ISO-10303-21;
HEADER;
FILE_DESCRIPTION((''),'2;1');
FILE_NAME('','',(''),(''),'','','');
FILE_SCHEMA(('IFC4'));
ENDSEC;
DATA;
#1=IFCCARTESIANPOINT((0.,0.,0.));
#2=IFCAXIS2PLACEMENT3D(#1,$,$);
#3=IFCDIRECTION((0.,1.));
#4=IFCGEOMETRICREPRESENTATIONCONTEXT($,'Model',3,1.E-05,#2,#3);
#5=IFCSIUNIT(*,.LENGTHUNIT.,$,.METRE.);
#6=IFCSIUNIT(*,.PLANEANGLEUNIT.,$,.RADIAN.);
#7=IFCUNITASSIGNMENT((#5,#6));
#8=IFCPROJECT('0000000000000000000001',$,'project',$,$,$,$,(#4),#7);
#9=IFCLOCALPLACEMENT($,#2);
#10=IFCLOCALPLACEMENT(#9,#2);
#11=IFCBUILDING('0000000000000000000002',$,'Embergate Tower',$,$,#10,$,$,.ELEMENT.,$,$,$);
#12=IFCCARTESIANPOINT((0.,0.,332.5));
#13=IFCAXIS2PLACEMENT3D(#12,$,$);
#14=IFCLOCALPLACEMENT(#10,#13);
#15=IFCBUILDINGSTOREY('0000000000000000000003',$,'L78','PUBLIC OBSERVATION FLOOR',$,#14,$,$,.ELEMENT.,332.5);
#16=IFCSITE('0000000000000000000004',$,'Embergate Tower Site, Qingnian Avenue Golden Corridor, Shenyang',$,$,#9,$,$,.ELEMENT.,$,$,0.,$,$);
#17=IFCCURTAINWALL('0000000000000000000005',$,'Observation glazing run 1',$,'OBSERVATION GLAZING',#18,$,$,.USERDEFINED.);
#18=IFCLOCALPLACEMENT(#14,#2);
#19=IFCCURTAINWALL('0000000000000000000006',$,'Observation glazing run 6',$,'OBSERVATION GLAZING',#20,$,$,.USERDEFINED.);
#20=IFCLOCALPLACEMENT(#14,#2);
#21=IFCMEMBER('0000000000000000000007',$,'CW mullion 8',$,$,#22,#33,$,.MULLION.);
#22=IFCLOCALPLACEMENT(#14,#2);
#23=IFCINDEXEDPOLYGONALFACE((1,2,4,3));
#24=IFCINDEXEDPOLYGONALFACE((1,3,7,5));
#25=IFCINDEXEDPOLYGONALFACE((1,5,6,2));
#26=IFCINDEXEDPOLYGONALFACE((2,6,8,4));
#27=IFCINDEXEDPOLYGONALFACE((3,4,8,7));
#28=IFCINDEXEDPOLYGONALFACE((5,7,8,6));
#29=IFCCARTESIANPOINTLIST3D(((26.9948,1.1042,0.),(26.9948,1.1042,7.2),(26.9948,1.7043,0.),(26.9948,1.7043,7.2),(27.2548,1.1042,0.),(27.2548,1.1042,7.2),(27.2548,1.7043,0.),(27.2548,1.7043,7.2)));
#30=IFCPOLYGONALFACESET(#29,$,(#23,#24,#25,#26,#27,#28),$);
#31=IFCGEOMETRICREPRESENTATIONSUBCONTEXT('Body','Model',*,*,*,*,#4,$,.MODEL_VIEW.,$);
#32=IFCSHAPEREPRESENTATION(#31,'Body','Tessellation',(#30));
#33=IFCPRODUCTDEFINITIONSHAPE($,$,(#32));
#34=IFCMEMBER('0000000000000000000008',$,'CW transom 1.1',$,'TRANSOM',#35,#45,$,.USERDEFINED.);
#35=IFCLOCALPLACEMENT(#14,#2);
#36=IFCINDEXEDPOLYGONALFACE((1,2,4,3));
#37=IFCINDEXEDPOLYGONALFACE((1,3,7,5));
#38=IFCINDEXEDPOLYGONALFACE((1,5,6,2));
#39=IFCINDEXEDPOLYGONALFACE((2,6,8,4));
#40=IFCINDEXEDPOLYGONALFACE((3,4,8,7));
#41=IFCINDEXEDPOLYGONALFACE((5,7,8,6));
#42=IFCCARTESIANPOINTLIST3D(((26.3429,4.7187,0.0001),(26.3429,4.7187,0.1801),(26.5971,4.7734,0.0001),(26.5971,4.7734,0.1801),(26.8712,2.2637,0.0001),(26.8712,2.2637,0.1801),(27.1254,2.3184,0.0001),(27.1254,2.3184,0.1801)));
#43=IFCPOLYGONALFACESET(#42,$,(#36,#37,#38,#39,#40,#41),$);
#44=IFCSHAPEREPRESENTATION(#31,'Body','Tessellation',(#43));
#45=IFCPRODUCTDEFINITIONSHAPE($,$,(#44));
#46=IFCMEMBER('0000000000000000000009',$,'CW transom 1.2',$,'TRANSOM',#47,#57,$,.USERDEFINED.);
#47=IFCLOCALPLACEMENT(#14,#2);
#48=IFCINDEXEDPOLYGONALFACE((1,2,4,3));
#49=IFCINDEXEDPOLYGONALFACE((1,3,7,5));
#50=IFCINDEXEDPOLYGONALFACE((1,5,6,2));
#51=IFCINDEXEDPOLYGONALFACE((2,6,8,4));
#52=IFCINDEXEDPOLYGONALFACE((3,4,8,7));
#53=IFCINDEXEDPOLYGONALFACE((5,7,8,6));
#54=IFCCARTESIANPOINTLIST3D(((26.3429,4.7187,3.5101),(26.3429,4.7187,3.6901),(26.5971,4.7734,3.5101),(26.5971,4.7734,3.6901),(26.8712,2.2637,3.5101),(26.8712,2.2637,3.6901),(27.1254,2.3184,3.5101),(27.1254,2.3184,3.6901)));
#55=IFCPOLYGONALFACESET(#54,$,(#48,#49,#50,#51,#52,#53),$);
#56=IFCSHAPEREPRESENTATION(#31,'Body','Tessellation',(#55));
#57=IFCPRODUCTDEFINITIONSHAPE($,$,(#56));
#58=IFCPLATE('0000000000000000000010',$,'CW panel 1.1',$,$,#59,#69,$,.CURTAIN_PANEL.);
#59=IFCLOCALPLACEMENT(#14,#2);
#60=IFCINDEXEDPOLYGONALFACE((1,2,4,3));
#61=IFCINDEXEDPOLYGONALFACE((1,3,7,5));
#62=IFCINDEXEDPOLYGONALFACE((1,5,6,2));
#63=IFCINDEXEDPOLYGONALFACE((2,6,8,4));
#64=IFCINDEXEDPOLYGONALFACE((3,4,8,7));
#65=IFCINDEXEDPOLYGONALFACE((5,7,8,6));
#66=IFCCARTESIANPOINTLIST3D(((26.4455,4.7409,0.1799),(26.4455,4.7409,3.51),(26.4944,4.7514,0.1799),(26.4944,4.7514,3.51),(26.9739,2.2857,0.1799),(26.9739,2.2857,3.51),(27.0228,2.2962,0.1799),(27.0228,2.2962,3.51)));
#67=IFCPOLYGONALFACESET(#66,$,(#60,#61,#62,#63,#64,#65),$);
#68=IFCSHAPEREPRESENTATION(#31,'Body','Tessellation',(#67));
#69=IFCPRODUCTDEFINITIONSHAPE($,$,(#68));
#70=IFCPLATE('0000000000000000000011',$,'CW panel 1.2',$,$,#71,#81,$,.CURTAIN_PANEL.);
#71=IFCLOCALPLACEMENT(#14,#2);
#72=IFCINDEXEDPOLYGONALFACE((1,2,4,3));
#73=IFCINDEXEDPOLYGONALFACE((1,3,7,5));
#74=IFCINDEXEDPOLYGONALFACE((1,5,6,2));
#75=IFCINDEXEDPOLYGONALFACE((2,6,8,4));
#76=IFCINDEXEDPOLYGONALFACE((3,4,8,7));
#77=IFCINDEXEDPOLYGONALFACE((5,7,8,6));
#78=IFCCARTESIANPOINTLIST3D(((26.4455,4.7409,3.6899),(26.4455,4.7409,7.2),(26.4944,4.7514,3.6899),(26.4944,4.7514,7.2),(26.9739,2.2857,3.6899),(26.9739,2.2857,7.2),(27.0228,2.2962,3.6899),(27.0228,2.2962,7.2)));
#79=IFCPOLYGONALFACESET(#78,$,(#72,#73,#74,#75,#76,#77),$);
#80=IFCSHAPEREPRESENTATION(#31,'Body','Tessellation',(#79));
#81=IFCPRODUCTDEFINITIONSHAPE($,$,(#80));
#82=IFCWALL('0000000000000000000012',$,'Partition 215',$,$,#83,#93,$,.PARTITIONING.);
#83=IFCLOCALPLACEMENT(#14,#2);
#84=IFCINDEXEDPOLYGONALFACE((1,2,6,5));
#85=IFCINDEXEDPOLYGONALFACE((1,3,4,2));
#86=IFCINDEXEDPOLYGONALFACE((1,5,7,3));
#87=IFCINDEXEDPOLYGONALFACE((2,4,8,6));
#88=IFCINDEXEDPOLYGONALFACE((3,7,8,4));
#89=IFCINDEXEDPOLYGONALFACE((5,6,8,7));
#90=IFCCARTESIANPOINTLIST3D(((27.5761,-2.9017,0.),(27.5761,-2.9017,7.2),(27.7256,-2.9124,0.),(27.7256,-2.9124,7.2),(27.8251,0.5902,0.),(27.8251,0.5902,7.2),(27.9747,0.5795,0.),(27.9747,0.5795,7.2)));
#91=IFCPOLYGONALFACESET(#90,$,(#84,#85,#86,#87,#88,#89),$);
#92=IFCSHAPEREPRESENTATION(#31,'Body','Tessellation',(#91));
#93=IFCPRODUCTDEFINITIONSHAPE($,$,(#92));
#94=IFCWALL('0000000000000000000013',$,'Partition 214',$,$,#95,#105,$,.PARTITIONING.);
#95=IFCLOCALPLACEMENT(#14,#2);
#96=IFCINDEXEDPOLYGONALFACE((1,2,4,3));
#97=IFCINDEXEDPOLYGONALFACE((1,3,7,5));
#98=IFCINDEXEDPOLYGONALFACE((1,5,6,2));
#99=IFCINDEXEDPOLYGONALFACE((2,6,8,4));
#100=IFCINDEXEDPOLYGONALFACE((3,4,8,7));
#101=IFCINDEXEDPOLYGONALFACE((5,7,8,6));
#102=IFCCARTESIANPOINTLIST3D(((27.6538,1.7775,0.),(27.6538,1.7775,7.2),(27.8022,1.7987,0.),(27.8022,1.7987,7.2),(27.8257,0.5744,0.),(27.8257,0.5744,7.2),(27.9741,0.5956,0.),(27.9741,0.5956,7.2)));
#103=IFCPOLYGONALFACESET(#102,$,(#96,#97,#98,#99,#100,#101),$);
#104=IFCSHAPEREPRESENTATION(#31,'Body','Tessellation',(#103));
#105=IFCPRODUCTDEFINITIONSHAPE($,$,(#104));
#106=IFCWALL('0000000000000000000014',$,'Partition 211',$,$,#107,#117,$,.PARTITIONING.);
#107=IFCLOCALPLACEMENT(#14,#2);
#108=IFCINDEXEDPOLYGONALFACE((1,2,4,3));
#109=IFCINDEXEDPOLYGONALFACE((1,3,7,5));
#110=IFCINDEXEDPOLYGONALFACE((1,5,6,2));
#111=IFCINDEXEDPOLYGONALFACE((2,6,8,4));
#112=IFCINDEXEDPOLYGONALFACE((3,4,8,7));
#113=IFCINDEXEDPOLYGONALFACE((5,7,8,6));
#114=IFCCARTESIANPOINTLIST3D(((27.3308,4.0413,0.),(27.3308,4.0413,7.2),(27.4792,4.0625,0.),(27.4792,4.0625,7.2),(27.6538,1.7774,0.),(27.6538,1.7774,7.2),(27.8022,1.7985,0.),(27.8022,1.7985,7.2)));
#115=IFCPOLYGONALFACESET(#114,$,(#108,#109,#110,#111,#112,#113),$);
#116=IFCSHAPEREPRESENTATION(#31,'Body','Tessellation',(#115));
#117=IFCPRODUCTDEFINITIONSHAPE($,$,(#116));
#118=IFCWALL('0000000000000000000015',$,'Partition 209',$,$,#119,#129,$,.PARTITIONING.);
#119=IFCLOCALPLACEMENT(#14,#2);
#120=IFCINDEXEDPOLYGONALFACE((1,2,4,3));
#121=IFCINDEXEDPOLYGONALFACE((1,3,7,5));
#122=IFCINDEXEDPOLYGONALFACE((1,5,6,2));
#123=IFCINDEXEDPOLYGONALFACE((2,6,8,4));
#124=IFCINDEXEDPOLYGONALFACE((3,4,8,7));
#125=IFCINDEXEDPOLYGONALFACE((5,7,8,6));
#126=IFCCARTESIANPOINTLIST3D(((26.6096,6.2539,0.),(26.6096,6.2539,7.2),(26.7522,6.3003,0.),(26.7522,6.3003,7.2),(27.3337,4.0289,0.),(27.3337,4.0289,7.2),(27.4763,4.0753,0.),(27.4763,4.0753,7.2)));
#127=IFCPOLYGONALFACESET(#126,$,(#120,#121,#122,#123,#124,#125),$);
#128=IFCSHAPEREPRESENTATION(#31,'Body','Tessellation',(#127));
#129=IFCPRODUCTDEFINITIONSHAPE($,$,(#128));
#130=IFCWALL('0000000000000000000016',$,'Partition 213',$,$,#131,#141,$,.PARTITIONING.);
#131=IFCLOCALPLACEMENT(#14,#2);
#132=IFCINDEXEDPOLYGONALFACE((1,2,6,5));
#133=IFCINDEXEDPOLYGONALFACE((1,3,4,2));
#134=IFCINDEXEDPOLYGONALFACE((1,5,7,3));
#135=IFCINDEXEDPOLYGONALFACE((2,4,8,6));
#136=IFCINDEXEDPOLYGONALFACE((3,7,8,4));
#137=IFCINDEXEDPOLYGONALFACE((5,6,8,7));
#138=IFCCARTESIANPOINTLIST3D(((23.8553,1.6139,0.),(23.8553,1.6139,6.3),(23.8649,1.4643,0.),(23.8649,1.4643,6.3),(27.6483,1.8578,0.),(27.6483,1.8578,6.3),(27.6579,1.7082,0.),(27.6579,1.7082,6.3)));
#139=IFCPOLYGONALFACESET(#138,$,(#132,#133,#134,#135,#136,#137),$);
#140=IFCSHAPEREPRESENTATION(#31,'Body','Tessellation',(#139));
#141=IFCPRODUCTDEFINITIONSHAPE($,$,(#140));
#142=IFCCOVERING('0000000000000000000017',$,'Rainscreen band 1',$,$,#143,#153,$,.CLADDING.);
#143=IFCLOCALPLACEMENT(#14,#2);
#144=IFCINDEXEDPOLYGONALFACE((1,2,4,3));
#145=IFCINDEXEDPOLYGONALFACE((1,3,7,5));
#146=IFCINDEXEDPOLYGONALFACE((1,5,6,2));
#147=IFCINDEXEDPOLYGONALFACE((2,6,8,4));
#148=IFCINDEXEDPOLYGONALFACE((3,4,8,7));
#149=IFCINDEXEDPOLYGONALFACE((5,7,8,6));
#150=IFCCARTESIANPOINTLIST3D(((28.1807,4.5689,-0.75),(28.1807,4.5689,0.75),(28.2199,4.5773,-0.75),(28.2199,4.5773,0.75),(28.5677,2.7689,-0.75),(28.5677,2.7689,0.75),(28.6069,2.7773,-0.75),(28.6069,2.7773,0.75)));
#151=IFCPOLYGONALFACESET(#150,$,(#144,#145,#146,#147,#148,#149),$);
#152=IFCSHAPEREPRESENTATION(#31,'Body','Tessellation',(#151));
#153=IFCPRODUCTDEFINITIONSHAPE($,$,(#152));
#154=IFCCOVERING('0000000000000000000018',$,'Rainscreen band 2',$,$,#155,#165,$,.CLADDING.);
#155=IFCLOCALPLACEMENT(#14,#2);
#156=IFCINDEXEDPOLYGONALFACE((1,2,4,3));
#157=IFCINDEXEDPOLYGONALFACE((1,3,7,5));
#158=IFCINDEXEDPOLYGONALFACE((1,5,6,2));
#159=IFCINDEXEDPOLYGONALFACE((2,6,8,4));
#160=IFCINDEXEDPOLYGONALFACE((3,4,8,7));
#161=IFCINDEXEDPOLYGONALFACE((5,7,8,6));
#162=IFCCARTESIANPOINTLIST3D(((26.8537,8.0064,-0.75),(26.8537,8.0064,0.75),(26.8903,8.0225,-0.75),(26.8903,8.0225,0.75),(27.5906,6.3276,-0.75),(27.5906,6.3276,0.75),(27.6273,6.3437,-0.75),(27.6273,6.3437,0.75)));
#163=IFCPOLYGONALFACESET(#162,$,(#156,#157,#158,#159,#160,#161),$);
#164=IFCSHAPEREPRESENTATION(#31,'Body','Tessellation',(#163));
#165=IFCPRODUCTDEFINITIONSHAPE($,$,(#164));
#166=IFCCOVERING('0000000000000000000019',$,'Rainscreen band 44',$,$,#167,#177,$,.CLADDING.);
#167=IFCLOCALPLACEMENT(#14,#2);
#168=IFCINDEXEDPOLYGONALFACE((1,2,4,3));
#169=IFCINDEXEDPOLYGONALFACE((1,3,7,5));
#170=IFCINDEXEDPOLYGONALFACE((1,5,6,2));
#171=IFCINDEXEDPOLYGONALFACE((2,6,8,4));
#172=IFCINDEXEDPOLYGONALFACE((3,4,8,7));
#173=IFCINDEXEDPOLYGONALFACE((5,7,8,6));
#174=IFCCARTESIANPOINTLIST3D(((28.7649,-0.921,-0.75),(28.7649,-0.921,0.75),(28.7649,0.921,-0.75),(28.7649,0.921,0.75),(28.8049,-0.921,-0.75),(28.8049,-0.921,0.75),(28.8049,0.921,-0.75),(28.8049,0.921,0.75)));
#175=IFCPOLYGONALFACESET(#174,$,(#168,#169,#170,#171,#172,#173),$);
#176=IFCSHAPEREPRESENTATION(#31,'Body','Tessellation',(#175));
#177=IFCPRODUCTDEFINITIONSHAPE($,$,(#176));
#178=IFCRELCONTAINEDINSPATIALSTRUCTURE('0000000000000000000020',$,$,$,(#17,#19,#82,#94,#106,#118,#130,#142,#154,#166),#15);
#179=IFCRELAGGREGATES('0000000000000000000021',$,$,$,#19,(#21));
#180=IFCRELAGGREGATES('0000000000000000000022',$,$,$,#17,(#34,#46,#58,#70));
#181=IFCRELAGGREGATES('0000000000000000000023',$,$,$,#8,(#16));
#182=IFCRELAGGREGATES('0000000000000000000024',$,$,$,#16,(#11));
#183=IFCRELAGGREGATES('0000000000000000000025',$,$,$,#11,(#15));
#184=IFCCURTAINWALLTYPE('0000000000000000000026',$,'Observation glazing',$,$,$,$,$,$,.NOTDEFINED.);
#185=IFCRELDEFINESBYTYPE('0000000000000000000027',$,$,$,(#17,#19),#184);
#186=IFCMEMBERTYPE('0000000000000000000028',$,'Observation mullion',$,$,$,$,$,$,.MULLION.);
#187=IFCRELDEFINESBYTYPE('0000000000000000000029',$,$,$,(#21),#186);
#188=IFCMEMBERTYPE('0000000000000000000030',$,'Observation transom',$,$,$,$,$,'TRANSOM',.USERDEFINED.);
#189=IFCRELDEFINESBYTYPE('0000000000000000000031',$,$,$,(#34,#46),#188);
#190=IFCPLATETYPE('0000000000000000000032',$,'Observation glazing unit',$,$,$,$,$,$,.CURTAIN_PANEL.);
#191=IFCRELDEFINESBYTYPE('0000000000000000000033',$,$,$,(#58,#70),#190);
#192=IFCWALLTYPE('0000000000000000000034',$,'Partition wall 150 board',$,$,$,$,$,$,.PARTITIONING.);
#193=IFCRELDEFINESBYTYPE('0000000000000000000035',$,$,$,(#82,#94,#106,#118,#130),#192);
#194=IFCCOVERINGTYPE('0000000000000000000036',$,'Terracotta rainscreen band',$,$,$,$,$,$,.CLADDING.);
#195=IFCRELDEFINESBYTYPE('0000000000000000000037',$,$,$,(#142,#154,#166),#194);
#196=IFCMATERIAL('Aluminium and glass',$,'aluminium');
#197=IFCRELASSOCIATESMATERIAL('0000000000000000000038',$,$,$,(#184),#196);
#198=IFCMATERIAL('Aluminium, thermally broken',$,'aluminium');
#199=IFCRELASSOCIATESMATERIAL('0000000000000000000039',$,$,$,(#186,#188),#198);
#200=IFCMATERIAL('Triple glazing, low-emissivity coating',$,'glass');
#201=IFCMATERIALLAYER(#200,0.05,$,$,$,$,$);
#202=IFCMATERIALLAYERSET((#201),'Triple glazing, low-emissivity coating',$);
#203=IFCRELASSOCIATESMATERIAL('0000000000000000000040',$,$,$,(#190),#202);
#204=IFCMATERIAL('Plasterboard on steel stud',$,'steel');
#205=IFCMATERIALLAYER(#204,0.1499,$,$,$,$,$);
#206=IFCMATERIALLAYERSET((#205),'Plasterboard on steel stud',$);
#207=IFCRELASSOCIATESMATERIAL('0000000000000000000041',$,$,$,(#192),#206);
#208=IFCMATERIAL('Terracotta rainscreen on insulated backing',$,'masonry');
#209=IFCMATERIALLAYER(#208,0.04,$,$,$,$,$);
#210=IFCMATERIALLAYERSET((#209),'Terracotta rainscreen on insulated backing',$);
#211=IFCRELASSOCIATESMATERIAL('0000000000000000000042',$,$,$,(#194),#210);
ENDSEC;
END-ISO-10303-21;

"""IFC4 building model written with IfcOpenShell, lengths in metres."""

from ifc_helpers import new_model, si_unit, direction, frame, frame_2d, origin, origin_2d, place, context, subcontext, project, spatial, rectangle, extrude, source, transform, mapped, material, layer, layer_set, material_profile, profile_set, type_object, element, aggregate, save


model = new_model("IFC4")

# Units and contexts
model_context = context("Model", 3, precision=1e-05, world=origin(), true_north=direction((0.0, 1.0)))
body_context = subcontext(model_context, "Body", "Model", "MODEL_VIEW")
ifc_project = project(units=[si_unit("LENGTHUNIT", "METRE"), si_unit("PLANEANGLEUNIT", "RADIAN")], contexts=[model_context])

# Site, building, storey
site_placement = place(None, origin())
site = spatial("IfcSite", under=ifc_project, at=site_placement, Name="Embergate Tower Site, Qingnian Avenue Golden Corridor, Shenyang", CompositionType="ELEMENT", RefElevation=0.0)
building_placement = place(site_placement, origin())
building = spatial("IfcBuilding", under=site, at=building_placement, Name="Embergate Tower", CompositionType="ELEMENT")
storey_placement = place(building_placement, frame((0.0, 0.0, 332.5)))
storey = spatial("IfcBuildingStorey", under=building, at=storey_placement, Name="L78", Description="PUBLIC OBSERVATION FLOOR", CompositionType="ELEMENT", Elevation=332.5)

# Curtain walls, member
ifc_material_1 = material(Name="Aluminium and glass", Category="aluminium")
curtain_wall_type = type_object("IfcCurtainWallType", Name="Observation glazing", PredefinedType="NOTDEFINED", material=ifc_material_1)
curtain_wall_1_placement = place(storey_placement, origin())
curtain_wall_1 = element("IfcCurtainWall", 1, at=curtain_wall_1_placement, inside=storey, type_object=curtain_wall_type, Name="Observation glazing run 1", ObjectType="OBSERVATION GLAZING", PredefinedType="USERDEFINED")
ifc_material_2 = material(Name="Aluminium, thermally broken", Category="aluminium")
ifc_material_profile_1 = material_profile(ifc_material_2, rectangle(XDim=0.26, YDim=0.6001, at=origin_2d()), Name="AL 600x260")
ifc_profile_set_1 = profile_set([ifc_material_profile_1], Name="Aluminium, thermally broken")
member_type_1 = type_object("IfcMemberType", Name="Observation mullion", PredefinedType="MULLION", material=ifc_profile_set_1)
shared_shape_1 = source(origin(), body_context, "Body", "SweptSolid", [
    extrude(rectangle(XDim=0.26, YDim=0.6001, at=origin_2d()), origin(), (0.0, 0.0, 1.0), 7.2),
])
curtain_wall_2_placement = place(storey_placement, origin())
curtain_wall_2 = element("IfcCurtainWall", 2, at=curtain_wall_2_placement, inside=storey, type_object=curtain_wall_type, Name="Observation glazing run 6", ObjectType="OBSERVATION GLAZING", PredefinedType="USERDEFINED")
member_1_placement = place(storey_placement, frame((27.1248, 1.4043, 0.0), z_axis=(0.0, 0.0, 1.0), x_axis=(-1.0, 0.0, 0.0)))
member_1 = element("IfcMember", 3, at=member_1_placement, type_object=member_type_1, Name="CW mullion 8", PredefinedType="MULLION", context=body_context, shape_type="MappedRepresentation", body=[
    mapped(shared_shape_1, transform((0.0, 0.0, 0.0))),
])
aggregate(curtain_wall_2, [member_1])

# Members
ifc_material_profile_2 = material_profile(ifc_material_2, rectangle(XDim=0.26, YDim=0.1799, at=origin_2d()), Name="AL 180x260")
ifc_profile_set_2 = profile_set([ifc_material_profile_2], Name="Aluminium, thermally broken")
member_type_2 = type_object("IfcMemberType", Name="Observation transom", ElementType="TRANSOM", PredefinedType="USERDEFINED", material=ifc_profile_set_2)
shared_shape_2 = source(origin(), body_context, "Body", "SweptSolid", [
    extrude(rectangle(XDim=0.26, YDim=0.1799, at=origin_2d()), origin(), (0.0, 0.0, 1.0), 2.5112),
])
member_2_placement = place(storey_placement, frame((26.9983, 2.291, 0.0901), z_axis=(-0.210379, 0.97762, 0.0), x_axis=(-0.97762, -0.210379, 0.0)))
member_2 = element("IfcMember", 4, at=member_2_placement, type_object=member_type_2, Name="CW transom 1.1", ObjectType="TRANSOM", PredefinedType="USERDEFINED", context=body_context, shape_type="MappedRepresentation", body=[
    mapped(shared_shape_2, transform((0.0, 0.0, 0.0))),
])
member_3_placement = place(storey_placement, frame((26.9983, 2.291, 3.6001), z_axis=(-0.210379, 0.97762, 0.0), x_axis=(-0.97762, -0.210379, 0.0)))
member_3 = element("IfcMember", 5, at=member_3_placement, type_object=member_type_2, Name="CW transom 1.2", ObjectType="TRANSOM", PredefinedType="USERDEFINED", context=body_context, shape_type="MappedRepresentation", body=[
    mapped(shared_shape_2, transform((0.0, 0.0, 0.0))),
])

# Plates
ifc_material_3 = material(Name="Triple glazing, low-emissivity coating", Category="glass")
ifc_layer_1 = layer(ifc_material_3, 0.05)
ifc_layer_set_1 = layer_set([ifc_layer_1], Name="Triple glazing, low-emissivity coating")
plate_type = type_object("IfcPlateType", Name="Observation glazing unit", PredefinedType="CURTAIN_PANEL", material=ifc_layer_set_1)
shared_shape_3 = source(origin(), body_context, "Body", "SweptSolid", [
    extrude(rectangle(XDim=2.5115, YDim=0.05, at=origin_2d()), origin(), (0.0, 0.0, 1.0), 3.3301),
])
plate_1_placement = place(storey_placement, frame((26.7341, 3.5186, 0.1799), z_axis=(0.0, 0.0, 1.0), x_axis=(-0.210407, 0.977614, 0.0)))
plate_1 = element("IfcPlate", 6, at=plate_1_placement, type_object=plate_type, Name="CW panel 1.1", PredefinedType="CURTAIN_PANEL", context=body_context, shape_type="MappedRepresentation", body=[
    mapped(shared_shape_3, transform((0.0, 0.0, 0.0))),
])
shared_shape_4 = source(origin(), body_context, "Body", "SweptSolid", [
    extrude(rectangle(XDim=2.5115, YDim=0.05, at=origin_2d()), origin(), (0.0, 0.0, 1.0), 3.51),
])
plate_2_placement = place(storey_placement, frame((26.7341, 3.5186, 3.6899), z_axis=(0.0, 0.0, 1.0), x_axis=(-0.210407, 0.977614, 0.0)))
plate_2 = element("IfcPlate", 7, at=plate_2_placement, type_object=plate_type, Name="CW panel 1.2", PredefinedType="CURTAIN_PANEL", context=body_context, shape_type="MappedRepresentation", body=[
    mapped(shared_shape_4, transform((0.0, 0.0, 0.0))),
])
aggregate(curtain_wall_1, [member_2, member_3, plate_1, plate_2])

# Walls
ifc_material_4 = material(Name="Plasterboard on steel stud", Category="steel")
ifc_layer_2 = layer(ifc_material_4, 0.1499)
ifc_layer_set_2 = layer_set([ifc_layer_2], Name="Plasterboard on steel stud")
wall_type_1 = type_object("IfcWallType", Name="Partition wall 150 board", PredefinedType="PARTITIONING", material=ifc_layer_set_2)
shared_shape_5 = source(origin(), body_context, "Body", "SweptSolid", [
    extrude(rectangle(XDim=3.5007, YDim=0.1499, at=frame_2d((1.7505, 0.0))), origin(), (0.0, 0.0, 1.0), 7.2),
])
wall_1_placement = place(storey_placement, frame((27.8999, 0.585, 0.0), z_axis=(0.0, 0.0, 1.0), x_axis=(-0.071133, -0.997467, 0.0)))
element("IfcWall", 8, at=wall_1_placement, inside=storey, type_object=wall_type_1, Name="Partition 215", PredefinedType="PARTITIONING", context=body_context, shape_type="MappedRepresentation", body=[
    mapped(shared_shape_5, transform((0.0, 0.0, 0.0))),
])
shared_shape_6 = source(origin(), body_context, "Body", "SweptSolid", [
    extrude(rectangle(XDim=1.2153, YDim=0.1499, at=frame_2d((0.6077, 0.0))), origin(), (0.0, 0.0, 1.0), 7.2),
])
wall_2_placement = place(storey_placement, frame((27.728, 1.7881, 0.0), z_axis=(0.0, 0.0, 1.0), x_axis=(0.141421, -0.989949, 0.0)))
element("IfcWall", 9, at=wall_2_placement, inside=storey, type_object=wall_type_1, Name="Partition 214", PredefinedType="PARTITIONING", context=body_context, shape_type="MappedRepresentation", body=[
    mapped(shared_shape_6, transform((0.0, 0.0, 0.0))),
])
shared_shape_7 = source(origin(), body_context, "Body", "SweptSolid", [
    extrude(rectangle(XDim=2.2869, YDim=0.1499, at=frame_2d((1.1436, 0.0))), origin(), (0.0, 0.0, 1.0), 7.2),
])
wall_3_placement = place(storey_placement, frame((27.405, 4.052, 0.0), z_axis=(0.0, 0.0, 1.0), x_axis=(0.141242, -0.989975, 0.0)))
element("IfcWall", 10, at=wall_3_placement, inside=storey, type_object=wall_type_1, Name="Partition 211", PredefinedType="PARTITIONING", context=body_context, shape_type="MappedRepresentation", body=[
    mapped(shared_shape_7, transform((0.0, 0.0, 0.0))),
])
shared_shape_8 = source(origin(), body_context, "Body", "SweptSolid", [
    extrude(rectangle(XDim=2.3398, YDim=0.1499, at=frame_2d((1.1699, 0.0))), origin(), (0.0, 0.0, 1.0), 7.2),
])
wall_4_placement = place(storey_placement, frame((26.6809, 6.2771, 0.0), z_axis=(0.0, 0.0, 1.0), x_axis=(0.309459, -0.950913, 0.0)))
element("IfcWall", 11, at=wall_4_placement, inside=storey, type_object=wall_type_1, Name="Partition 209", PredefinedType="PARTITIONING", context=body_context, shape_type="MappedRepresentation", body=[
    mapped(shared_shape_8, transform((0.0, 0.0, 0.0))),
])
shared_shape_9 = source(origin(), body_context, "Body", "SweptSolid", [
    extrude(rectangle(XDim=3.8008, YDim=0.1499, at=frame_2d((1.9004, 0.0))), origin(), (0.0, 0.0, 1.0), 6.3),
])
wall_5_placement = place(storey_placement, frame((27.6531, 1.783, 0.0), z_axis=(0.0, 0.0, 1.0), x_axis=(-0.997939, -0.06417, 0.0)))
element("IfcWall", 12, at=wall_5_placement, inside=storey, type_object=wall_type_1, Name="Partition 213", PredefinedType="PARTITIONING", context=body_context, shape_type="MappedRepresentation", body=[
    mapped(shared_shape_9, transform((0.0, 0.0, 0.0))),
])

# Coverings
ifc_material_5 = material(Name="Terracotta rainscreen on insulated backing", Category="masonry")
ifc_layer_3 = layer(ifc_material_5, 0.04)
ifc_layer_set_3 = layer_set([ifc_layer_3], Name="Terracotta rainscreen on insulated backing")
covering_type = type_object("IfcCoveringType", Name="Terracotta rainscreen band", PredefinedType="CLADDING", material=ifc_layer_set_3)
shared_shape_10 = source(origin(), body_context, "Body", "SweptSolid", [
    extrude(rectangle(XDim=1.8411, YDim=0.04, at=origin_2d()), origin(), (0.0, 0.0, 1.0), 1.5),
])
covering_1_placement = place(storey_placement, frame((28.3938, 3.6731, -0.75), z_axis=(0.0, 0.0, 1.0), x_axis=(-0.210197, 0.977659, 0.0)))
element("IfcCovering", 13, at=covering_1_placement, inside=storey, type_object=covering_type, Name="Rainscreen band 1", PredefinedType="CLADDING", context=body_context, shape_type="MappedRepresentation", body=[
    mapped(shared_shape_10, transform((0.0, 0.0, 0.0))),
])
shared_shape_11 = source(origin(), body_context, "Body", "SweptSolid", [
    extrude(rectangle(XDim=1.8335, YDim=0.04, at=origin_2d()), origin(), (0.0, 0.0, 1.0), 1.5),
])
covering_2_placement = place(storey_placement, frame((27.2405, 7.175, -0.75), z_axis=(0.0, 0.0, 1.0), x_axis=(-0.401935, 0.915668, 0.0)))
element("IfcCovering", 14, at=covering_2_placement, inside=storey, type_object=covering_type, Name="Rainscreen band 2", PredefinedType="CLADDING", context=body_context, shape_type="MappedRepresentation", body=[
    mapped(shared_shape_11, transform((0.0, 0.0, 0.0))),
])
shared_shape_12 = source(origin(), body_context, "Body", "SweptSolid", [
    extrude(rectangle(XDim=1.842, YDim=0.04, at=origin_2d()), origin(), (0.0, 0.0, 1.0), 1.5),
])
covering_3_placement = place(storey_placement, frame((28.7849, 0.0, -0.75), z_axis=(0.0, 0.0, 1.0), x_axis=(0.0, 1.0, 0.0)))
element("IfcCovering", 15, at=covering_3_placement, inside=storey, type_object=covering_type, Name="Rainscreen band 44", PredefinedType="CLADDING", context=body_context, shape_type="MappedRepresentation", body=[
    mapped(shared_shape_12, transform((0.0, 0.0, 0.0))),
])

save(model, "model.ifc")
